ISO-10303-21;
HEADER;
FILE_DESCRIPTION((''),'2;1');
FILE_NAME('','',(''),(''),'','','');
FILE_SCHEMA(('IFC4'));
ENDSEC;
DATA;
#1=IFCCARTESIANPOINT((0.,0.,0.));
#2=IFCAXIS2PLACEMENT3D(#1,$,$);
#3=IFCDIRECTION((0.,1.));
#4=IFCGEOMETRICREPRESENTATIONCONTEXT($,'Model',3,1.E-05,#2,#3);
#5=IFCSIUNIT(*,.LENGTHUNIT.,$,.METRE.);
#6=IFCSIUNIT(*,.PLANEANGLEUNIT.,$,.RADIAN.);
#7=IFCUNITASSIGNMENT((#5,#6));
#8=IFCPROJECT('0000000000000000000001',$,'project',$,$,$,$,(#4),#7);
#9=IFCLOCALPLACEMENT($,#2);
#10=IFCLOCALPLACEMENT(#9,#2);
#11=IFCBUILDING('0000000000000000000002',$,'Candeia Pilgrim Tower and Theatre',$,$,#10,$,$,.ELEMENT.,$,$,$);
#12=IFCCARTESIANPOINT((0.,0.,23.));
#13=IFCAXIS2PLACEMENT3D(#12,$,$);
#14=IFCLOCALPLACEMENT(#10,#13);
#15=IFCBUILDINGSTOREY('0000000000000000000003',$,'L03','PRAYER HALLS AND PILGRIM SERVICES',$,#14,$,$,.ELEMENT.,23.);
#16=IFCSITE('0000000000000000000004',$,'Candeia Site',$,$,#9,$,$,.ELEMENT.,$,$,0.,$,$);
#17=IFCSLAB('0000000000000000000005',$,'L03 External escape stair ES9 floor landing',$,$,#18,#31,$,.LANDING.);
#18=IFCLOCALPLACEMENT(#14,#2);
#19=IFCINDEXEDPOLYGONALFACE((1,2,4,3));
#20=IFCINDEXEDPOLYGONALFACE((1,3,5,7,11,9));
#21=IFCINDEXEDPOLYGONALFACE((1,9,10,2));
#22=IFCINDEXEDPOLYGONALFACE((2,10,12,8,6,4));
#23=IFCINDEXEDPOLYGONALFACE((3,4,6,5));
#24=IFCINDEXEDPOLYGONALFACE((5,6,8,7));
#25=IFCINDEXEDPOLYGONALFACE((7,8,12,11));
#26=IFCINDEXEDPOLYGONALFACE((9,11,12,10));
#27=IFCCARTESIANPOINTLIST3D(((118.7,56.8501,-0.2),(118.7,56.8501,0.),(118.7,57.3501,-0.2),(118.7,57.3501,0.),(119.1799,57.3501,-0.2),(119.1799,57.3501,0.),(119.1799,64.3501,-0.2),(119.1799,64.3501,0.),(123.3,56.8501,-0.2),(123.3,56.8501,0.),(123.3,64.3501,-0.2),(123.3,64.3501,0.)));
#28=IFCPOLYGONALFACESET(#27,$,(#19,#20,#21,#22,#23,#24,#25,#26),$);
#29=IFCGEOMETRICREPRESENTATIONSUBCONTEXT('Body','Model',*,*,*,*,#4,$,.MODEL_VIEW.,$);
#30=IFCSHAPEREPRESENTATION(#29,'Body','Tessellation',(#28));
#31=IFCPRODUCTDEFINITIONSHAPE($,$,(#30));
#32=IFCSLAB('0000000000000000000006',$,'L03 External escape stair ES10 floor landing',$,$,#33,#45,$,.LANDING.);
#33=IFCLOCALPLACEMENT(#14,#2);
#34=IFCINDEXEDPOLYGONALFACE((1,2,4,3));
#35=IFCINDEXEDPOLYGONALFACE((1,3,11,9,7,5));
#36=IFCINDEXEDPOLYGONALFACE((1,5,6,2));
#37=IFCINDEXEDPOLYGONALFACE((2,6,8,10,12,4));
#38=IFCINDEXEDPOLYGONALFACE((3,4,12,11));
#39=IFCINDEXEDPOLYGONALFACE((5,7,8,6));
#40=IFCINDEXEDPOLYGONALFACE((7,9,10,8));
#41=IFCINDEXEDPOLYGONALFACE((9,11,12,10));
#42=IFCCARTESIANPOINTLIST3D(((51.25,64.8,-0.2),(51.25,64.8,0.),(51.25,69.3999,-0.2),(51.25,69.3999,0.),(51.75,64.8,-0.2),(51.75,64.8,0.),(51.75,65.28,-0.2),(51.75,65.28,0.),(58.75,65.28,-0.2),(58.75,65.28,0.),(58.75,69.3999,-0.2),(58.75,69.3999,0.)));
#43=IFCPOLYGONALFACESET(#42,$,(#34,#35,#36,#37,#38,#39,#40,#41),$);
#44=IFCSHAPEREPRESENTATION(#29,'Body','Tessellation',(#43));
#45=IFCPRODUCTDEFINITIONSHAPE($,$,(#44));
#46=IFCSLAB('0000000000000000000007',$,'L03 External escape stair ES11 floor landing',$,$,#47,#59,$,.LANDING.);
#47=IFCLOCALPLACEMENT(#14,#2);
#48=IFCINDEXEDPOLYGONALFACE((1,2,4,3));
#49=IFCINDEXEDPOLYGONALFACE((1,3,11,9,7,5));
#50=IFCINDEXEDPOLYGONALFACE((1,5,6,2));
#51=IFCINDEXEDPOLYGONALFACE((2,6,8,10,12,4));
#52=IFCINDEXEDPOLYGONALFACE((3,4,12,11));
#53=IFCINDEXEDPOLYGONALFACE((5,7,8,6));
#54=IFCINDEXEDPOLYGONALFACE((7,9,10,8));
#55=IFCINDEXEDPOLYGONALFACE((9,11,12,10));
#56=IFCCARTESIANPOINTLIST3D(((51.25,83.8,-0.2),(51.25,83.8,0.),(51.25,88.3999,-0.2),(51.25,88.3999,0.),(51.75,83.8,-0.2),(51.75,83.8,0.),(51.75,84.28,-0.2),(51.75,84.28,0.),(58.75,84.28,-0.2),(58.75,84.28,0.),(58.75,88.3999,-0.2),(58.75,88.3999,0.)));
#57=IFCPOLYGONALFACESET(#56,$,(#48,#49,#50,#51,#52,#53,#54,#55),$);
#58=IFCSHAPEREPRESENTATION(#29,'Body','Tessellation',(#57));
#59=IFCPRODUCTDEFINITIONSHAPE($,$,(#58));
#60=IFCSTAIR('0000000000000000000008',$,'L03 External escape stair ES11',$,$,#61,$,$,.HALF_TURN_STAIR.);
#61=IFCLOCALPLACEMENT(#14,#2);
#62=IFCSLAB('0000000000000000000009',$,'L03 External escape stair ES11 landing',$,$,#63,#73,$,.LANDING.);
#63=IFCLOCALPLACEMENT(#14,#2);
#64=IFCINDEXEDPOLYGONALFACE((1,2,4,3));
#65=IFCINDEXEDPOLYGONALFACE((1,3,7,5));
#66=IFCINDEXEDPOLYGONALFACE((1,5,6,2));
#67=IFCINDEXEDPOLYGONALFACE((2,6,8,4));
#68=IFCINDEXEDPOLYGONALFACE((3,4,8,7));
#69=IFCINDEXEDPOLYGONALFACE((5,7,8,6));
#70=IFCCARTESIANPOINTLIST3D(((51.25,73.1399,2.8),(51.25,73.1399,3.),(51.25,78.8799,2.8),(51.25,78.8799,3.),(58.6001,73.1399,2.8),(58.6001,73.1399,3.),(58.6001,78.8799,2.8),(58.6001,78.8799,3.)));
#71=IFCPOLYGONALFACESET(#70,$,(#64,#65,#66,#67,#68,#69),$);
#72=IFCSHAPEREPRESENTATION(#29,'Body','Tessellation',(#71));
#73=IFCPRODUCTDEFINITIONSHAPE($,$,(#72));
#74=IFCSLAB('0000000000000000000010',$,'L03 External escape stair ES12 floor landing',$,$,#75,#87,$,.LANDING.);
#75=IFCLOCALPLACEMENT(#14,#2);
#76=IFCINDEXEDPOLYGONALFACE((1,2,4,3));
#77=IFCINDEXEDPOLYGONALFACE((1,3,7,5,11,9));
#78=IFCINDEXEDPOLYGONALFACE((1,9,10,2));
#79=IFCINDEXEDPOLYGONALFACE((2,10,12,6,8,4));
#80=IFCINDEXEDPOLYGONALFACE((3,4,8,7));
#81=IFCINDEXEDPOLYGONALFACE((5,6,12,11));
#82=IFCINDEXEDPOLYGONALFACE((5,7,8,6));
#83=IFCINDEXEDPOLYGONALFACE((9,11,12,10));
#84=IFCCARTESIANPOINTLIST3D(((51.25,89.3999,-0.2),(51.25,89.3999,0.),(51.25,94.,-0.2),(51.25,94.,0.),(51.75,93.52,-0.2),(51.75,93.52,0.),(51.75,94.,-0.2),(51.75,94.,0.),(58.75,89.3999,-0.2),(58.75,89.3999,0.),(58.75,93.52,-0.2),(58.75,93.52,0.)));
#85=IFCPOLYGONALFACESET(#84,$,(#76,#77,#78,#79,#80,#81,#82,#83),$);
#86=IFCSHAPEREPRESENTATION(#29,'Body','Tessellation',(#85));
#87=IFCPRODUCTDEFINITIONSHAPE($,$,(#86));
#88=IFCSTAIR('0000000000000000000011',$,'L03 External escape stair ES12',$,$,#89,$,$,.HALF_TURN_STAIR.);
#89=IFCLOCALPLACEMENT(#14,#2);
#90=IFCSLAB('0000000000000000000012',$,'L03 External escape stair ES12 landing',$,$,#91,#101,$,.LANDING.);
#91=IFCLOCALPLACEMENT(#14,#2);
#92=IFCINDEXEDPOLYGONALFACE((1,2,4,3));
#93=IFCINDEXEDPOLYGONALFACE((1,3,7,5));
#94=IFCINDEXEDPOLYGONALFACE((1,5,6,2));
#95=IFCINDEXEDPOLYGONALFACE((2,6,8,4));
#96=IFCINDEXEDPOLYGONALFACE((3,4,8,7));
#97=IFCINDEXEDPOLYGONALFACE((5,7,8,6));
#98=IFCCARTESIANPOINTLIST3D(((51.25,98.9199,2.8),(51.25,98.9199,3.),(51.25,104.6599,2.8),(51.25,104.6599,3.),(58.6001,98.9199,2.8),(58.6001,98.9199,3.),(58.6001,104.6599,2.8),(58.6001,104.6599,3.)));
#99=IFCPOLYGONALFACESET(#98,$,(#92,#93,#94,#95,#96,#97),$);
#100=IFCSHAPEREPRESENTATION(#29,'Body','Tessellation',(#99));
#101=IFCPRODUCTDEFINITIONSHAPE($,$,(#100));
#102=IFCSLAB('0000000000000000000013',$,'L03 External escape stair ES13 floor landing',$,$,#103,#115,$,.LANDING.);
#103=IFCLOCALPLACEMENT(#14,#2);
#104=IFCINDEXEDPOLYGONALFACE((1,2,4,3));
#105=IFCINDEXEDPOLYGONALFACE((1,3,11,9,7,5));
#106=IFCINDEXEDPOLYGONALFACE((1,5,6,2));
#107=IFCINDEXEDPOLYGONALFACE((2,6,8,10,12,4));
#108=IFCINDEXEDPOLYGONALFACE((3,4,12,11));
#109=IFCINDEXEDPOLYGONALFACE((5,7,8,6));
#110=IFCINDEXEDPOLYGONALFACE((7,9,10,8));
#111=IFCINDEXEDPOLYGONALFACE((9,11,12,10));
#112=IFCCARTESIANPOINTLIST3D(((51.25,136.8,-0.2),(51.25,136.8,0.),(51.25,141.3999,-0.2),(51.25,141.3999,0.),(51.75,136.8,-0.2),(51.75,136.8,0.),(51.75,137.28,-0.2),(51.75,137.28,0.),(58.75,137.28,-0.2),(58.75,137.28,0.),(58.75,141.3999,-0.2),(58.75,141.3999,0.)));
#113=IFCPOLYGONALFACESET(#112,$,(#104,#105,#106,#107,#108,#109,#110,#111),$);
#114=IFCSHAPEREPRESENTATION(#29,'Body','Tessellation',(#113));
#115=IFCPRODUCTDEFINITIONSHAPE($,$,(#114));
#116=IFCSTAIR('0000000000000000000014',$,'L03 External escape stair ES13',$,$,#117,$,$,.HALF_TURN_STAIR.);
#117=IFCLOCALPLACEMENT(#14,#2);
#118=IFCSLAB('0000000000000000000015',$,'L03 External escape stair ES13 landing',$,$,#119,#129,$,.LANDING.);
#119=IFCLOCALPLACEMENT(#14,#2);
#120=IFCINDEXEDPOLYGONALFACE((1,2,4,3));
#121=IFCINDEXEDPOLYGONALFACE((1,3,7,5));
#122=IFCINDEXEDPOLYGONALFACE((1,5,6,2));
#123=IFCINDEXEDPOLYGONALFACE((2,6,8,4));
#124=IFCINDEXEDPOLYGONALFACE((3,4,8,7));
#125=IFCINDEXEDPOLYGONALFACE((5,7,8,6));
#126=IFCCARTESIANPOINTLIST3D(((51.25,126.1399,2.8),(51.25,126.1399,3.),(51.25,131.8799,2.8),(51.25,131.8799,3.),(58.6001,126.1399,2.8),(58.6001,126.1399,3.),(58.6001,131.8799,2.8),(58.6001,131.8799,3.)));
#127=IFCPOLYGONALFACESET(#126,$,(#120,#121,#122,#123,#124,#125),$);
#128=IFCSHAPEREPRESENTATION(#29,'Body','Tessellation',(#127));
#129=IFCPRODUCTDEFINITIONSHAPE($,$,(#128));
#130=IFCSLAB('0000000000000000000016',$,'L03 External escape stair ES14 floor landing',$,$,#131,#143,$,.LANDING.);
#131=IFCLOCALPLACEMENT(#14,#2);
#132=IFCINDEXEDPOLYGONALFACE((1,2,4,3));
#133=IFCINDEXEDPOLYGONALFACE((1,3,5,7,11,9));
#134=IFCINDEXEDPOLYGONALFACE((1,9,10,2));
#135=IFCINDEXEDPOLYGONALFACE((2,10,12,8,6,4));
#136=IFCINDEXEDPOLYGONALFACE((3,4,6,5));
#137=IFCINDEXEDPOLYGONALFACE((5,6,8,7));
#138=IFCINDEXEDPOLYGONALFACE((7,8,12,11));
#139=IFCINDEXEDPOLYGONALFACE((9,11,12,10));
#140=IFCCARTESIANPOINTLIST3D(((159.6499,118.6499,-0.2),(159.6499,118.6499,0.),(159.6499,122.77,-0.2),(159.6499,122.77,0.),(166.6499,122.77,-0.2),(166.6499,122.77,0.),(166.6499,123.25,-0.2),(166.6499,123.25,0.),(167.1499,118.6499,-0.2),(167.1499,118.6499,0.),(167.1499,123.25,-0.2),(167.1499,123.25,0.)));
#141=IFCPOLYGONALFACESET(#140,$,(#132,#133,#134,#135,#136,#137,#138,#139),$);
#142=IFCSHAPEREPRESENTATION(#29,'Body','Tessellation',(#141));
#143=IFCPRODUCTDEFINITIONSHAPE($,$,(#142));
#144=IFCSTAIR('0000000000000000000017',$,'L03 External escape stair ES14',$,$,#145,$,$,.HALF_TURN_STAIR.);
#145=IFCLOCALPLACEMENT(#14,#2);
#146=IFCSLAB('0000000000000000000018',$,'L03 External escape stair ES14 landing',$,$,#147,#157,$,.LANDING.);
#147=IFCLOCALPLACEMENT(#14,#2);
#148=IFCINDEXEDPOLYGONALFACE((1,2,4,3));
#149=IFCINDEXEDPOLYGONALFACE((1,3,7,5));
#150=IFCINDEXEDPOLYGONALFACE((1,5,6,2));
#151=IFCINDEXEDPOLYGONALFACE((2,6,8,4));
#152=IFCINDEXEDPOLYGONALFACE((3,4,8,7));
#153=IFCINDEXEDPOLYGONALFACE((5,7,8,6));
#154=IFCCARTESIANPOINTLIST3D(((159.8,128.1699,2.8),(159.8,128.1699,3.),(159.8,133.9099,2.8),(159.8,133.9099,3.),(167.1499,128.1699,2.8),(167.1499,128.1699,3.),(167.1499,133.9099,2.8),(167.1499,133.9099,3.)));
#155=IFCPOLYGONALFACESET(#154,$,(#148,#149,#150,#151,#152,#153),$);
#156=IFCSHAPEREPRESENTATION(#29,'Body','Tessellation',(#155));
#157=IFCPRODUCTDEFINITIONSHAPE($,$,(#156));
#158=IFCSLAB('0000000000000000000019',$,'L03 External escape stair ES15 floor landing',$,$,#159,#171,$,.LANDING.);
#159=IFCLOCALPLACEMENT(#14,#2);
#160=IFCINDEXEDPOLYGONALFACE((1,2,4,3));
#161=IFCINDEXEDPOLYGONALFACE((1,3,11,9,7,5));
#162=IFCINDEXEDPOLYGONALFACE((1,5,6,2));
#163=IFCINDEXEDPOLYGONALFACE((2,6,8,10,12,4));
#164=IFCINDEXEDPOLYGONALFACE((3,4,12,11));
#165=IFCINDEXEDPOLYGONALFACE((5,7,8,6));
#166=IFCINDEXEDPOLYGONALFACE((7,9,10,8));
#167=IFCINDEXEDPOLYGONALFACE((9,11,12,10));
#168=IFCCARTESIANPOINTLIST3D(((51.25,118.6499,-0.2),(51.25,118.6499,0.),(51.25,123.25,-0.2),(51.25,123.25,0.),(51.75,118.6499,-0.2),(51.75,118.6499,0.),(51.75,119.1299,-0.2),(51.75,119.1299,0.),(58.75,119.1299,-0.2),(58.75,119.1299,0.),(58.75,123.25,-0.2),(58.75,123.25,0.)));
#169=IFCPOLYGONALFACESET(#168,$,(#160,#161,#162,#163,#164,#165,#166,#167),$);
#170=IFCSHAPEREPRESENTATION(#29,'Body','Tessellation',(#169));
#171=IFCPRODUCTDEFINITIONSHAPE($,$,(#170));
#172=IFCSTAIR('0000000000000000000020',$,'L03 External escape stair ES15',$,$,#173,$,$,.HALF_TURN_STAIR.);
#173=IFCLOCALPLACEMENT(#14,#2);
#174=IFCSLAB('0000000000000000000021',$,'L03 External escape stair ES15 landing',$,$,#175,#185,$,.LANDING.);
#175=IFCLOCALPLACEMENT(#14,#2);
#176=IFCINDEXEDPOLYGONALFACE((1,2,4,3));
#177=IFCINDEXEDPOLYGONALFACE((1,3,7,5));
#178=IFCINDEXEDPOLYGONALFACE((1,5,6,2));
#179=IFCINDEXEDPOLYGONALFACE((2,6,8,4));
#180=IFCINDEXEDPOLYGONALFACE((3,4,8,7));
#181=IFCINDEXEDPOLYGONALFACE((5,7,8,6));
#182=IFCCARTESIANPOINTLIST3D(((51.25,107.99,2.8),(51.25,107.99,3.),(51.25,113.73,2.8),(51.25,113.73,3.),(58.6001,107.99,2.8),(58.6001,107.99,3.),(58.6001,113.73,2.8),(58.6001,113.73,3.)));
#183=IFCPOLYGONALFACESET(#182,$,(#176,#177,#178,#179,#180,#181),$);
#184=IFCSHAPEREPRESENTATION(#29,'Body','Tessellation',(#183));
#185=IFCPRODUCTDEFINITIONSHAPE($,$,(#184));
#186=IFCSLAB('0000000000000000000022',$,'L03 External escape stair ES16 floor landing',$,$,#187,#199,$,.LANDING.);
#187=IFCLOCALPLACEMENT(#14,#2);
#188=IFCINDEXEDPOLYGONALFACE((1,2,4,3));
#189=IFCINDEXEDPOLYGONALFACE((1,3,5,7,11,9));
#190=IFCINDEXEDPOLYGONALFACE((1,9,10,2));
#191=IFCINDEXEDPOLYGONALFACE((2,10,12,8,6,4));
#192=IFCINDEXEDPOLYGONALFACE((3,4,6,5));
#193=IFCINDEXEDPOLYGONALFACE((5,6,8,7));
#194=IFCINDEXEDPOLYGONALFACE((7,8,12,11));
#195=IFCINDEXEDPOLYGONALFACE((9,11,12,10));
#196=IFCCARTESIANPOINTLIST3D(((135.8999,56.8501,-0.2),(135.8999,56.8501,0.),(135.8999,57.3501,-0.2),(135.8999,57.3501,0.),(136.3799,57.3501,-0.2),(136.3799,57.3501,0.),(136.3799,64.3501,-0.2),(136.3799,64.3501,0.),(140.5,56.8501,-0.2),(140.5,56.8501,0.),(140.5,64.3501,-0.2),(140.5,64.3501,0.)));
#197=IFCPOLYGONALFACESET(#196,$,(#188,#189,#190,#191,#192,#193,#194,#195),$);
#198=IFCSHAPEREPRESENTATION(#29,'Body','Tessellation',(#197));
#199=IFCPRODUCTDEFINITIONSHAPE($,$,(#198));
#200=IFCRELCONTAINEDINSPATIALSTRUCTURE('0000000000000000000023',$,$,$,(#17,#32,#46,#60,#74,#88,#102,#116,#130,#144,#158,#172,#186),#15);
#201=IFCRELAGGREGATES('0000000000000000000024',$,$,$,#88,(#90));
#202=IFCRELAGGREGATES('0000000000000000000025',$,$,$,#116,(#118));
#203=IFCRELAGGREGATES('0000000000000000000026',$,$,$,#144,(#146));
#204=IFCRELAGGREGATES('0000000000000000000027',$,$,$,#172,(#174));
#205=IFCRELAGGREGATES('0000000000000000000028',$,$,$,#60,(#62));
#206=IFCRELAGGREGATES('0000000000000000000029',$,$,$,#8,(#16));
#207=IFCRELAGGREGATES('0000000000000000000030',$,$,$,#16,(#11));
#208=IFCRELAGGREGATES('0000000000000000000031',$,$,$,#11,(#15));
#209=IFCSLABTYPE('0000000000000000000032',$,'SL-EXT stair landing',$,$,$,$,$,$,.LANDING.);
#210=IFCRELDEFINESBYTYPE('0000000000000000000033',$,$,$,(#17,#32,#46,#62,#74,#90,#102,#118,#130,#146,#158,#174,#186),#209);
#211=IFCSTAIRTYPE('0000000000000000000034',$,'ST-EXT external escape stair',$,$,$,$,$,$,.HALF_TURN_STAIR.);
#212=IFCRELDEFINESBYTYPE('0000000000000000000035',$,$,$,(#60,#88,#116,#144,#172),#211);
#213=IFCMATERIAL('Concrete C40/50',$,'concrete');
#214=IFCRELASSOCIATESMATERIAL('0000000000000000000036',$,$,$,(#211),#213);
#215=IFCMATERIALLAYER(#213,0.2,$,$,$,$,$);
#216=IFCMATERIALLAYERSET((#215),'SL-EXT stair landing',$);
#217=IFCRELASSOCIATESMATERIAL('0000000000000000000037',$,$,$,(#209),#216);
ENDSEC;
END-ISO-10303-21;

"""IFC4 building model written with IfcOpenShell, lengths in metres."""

from ifc_helpers import new_model, si_unit, direction, frame, origin, place, context, subcontext, project, spatial, polyline, outline, extrude, material, layer, layer_set, type_object, element, aggregate, save


model = new_model("IFC4")

# Units and contexts
model_context = context("Model", 3, precision=1e-05, world=origin(), true_north=direction((0.0, 1.0)))
body_context = subcontext(model_context, "Body", "Model", "MODEL_VIEW")
ifc_project = project(units=[si_unit("LENGTHUNIT", "METRE"), si_unit("PLANEANGLEUNIT", "RADIAN")], contexts=[model_context])

# Site, building, storey
site_placement = place(None, origin())
site = spatial("IfcSite", under=ifc_project, at=site_placement, Name="Candeia Site", CompositionType="ELEMENT", RefElevation=0.0)
building_placement = place(site_placement, origin())
building = spatial("IfcBuilding", under=site, at=building_placement, Name="Candeia Pilgrim Tower and Theatre", CompositionType="ELEMENT")
storey_placement = place(building_placement, frame((0.0, 0.0, 23.0)))
storey = spatial("IfcBuildingStorey", under=building, at=storey_placement, Name="L03", Description="PRAYER HALLS AND PILGRIM SERVICES", CompositionType="ELEMENT", Elevation=23.0)

# Shared definitions
ifc_material_1 = material(Name="Concrete C40/50", Category="concrete")

# Shared definitions
stair_type = type_object("IfcStairType", Name="ST-EXT external escape stair", PredefinedType="HALF_TURN_STAIR", material=ifc_material_1)
ifc_layer = layer(ifc_material_1, 0.2)
ifc_layer_set = layer_set([ifc_layer], Name="SL-EXT stair landing")
slab_type = type_object("IfcSlabType", Name="SL-EXT stair landing", PredefinedType="LANDING", material=ifc_layer_set)

# Slabs
slab_1_placement = place(storey_placement, frame((0.0, 0.0, -0.2)))
element("IfcSlab", 1, at=slab_1_placement, inside=storey, type_object=slab_type, Name="L03 External escape stair ES9 floor landing", PredefinedType="LANDING", context=body_context, shape_type="SweptSolid", body=[
    extrude(outline(polyline([(123.3, 64.3501), (119.1799, 64.3501), (119.1799, 57.3501), (118.7, 57.3501), (118.7, 56.8501), (123.3, 56.8501), (123.3, 64.3501)])), origin(), (0.0, 0.0, 1.0), 0.2),
])
slab_2_placement = place(storey_placement, frame((0.0, 0.0, -0.2)))
element("IfcSlab", 2, at=slab_2_placement, inside=storey, type_object=slab_type, Name="L03 External escape stair ES10 floor landing", PredefinedType="LANDING", context=body_context, shape_type="SweptSolid", body=[
    extrude(outline(polyline([(58.75, 69.3999), (58.75, 65.28), (51.75, 65.28), (51.75, 64.8), (51.25, 64.8), (51.25, 69.3999), (58.75, 69.3999)])), origin(), (0.0, 0.0, 1.0), 0.2),
])
slab_3_placement = place(storey_placement, frame((0.0, 0.0, -0.2)))
element("IfcSlab", 3, at=slab_3_placement, inside=storey, type_object=slab_type, Name="L03 External escape stair ES11 floor landing", PredefinedType="LANDING", context=body_context, shape_type="SweptSolid", body=[
    extrude(outline(polyline([(58.75, 88.3999), (58.75, 84.28), (51.75, 84.28), (51.75, 83.8), (51.25, 83.8), (51.25, 88.3999), (58.75, 88.3999)])), origin(), (0.0, 0.0, 1.0), 0.2),
])

# Stair, slab
stair_1_placement = place(storey_placement, origin())
stair_1 = element("IfcStair", 4, at=stair_1_placement, inside=storey, type_object=stair_type, Name="L03 External escape stair ES11", PredefinedType="HALF_TURN_STAIR")
slab_4_placement = place(storey_placement, frame((0.0, 0.0, 2.8)))
slab_4 = element("IfcSlab", 5, at=slab_4_placement, type_object=slab_type, Name="L03 External escape stair ES11 landing", PredefinedType="LANDING", context=body_context, shape_type="SweptSolid", body=[
    extrude(outline(polyline([(58.6001, 78.8799), (58.6001, 73.1399), (51.25, 73.1399), (51.25, 78.8799), (58.6001, 78.8799)])), origin(), (0.0, 0.0, 1.0), 0.2),
])

# Slab
slab_5_placement = place(storey_placement, frame((0.0, 0.0, -0.2)))
element("IfcSlab", 6, at=slab_5_placement, inside=storey, type_object=slab_type, Name="L03 External escape stair ES12 floor landing", PredefinedType="LANDING", context=body_context, shape_type="SweptSolid", body=[
    extrude(outline(polyline([(58.75, 89.3999), (58.75, 93.52), (51.75, 93.52), (51.75, 94.0), (51.25, 94.0), (51.25, 89.3999), (58.75, 89.3999)])), origin(), (0.0, 0.0, 1.0), 0.2),
])

# Stair, slab
stair_2_placement = place(storey_placement, origin())
stair_2 = element("IfcStair", 7, at=stair_2_placement, inside=storey, type_object=stair_type, Name="L03 External escape stair ES12", PredefinedType="HALF_TURN_STAIR")
slab_6_placement = place(storey_placement, frame((0.0, 0.0, 2.8)))
slab_6 = element("IfcSlab", 8, at=slab_6_placement, type_object=slab_type, Name="L03 External escape stair ES12 landing", PredefinedType="LANDING", context=body_context, shape_type="SweptSolid", body=[
    extrude(outline(polyline([(58.6001, 98.9199), (58.6001, 104.6599), (51.25, 104.6599), (51.25, 98.9199), (58.6001, 98.9199)])), origin(), (0.0, 0.0, 1.0), 0.2),
])
aggregate(stair_2, [slab_6])

# Slab
slab_7_placement = place(storey_placement, frame((0.0, 0.0, -0.2)))
element("IfcSlab", 9, at=slab_7_placement, inside=storey, type_object=slab_type, Name="L03 External escape stair ES13 floor landing", PredefinedType="LANDING", context=body_context, shape_type="SweptSolid", body=[
    extrude(outline(polyline([(58.75, 141.3999), (58.75, 137.28), (51.75, 137.28), (51.75, 136.8), (51.25, 136.8), (51.25, 141.3999), (58.75, 141.3999)])), origin(), (0.0, 0.0, 1.0), 0.2),
])

# Stair, slab
stair_3_placement = place(storey_placement, origin())
stair_3 = element("IfcStair", 10, at=stair_3_placement, inside=storey, type_object=stair_type, Name="L03 External escape stair ES13", PredefinedType="HALF_TURN_STAIR")
slab_8_placement = place(storey_placement, frame((0.0, 0.0, 2.8)))
slab_8 = element("IfcSlab", 11, at=slab_8_placement, type_object=slab_type, Name="L03 External escape stair ES13 landing", PredefinedType="LANDING", context=body_context, shape_type="SweptSolid", body=[
    extrude(outline(polyline([(58.6001, 131.8799), (58.6001, 126.1399), (51.25, 126.1399), (51.25, 131.8799), (58.6001, 131.8799)])), origin(), (0.0, 0.0, 1.0), 0.2),
])
aggregate(stair_3, [slab_8])

# Slab
slab_9_placement = place(storey_placement, frame((0.0, 0.0, -0.2)))
element("IfcSlab", 12, at=slab_9_placement, inside=storey, type_object=slab_type, Name="L03 External escape stair ES14 floor landing", PredefinedType="LANDING", context=body_context, shape_type="SweptSolid", body=[
    extrude(outline(polyline([(159.6499, 118.6499), (159.6499, 122.77), (166.6499, 122.77), (166.6499, 123.25), (167.1499, 123.25), (167.1499, 118.6499), (159.6499, 118.6499)])), origin(), (0.0, 0.0, 1.0), 0.2),
])

# Stair, slab
stair_4_placement = place(storey_placement, origin())
stair_4 = element("IfcStair", 13, at=stair_4_placement, inside=storey, type_object=stair_type, Name="L03 External escape stair ES14", PredefinedType="HALF_TURN_STAIR")
slab_10_placement = place(storey_placement, frame((0.0, 0.0, 2.8)))
slab_10 = element("IfcSlab", 14, at=slab_10_placement, type_object=slab_type, Name="L03 External escape stair ES14 landing", PredefinedType="LANDING", context=body_context, shape_type="SweptSolid", body=[
    extrude(outline(polyline([(159.8, 128.1699), (159.8, 133.9099), (167.1499, 133.9099), (167.1499, 128.1699), (159.8, 128.1699)])), origin(), (0.0, 0.0, 1.0), 0.2),
])
aggregate(stair_4, [slab_10])

# Slab
slab_11_placement = place(storey_placement, frame((0.0, 0.0, -0.2)))
element("IfcSlab", 15, at=slab_11_placement, inside=storey, type_object=slab_type, Name="L03 External escape stair ES15 floor landing", PredefinedType="LANDING", context=body_context, shape_type="SweptSolid", body=[
    extrude(outline(polyline([(58.75, 123.25), (58.75, 119.1299), (51.75, 119.1299), (51.75, 118.6499), (51.25, 118.6499), (51.25, 123.25), (58.75, 123.25)])), origin(), (0.0, 0.0, 1.0), 0.2),
])

# Stair, slab
stair_5_placement = place(storey_placement, origin())
stair_5 = element("IfcStair", 16, at=stair_5_placement, inside=storey, type_object=stair_type, Name="L03 External escape stair ES15", PredefinedType="HALF_TURN_STAIR")
slab_12_placement = place(storey_placement, frame((0.0, 0.0, 2.8)))
slab_12 = element("IfcSlab", 17, at=slab_12_placement, type_object=slab_type, Name="L03 External escape stair ES15 landing", PredefinedType="LANDING", context=body_context, shape_type="SweptSolid", body=[
    extrude(outline(polyline([(58.6001, 113.73), (58.6001, 107.99), (51.25, 107.99), (51.25, 113.73), (58.6001, 113.73)])), origin(), (0.0, 0.0, 1.0), 0.2),
])
aggregate(stair_5, [slab_12])

# Slab
slab_13_placement = place(storey_placement, frame((0.0, 0.0, -0.2)))
element("IfcSlab", 18, at=slab_13_placement, inside=storey, type_object=slab_type, Name="L03 External escape stair ES16 floor landing", PredefinedType="LANDING", context=body_context, shape_type="SweptSolid", body=[
    extrude(outline(polyline([(140.5, 64.3501), (136.3799, 64.3501), (136.3799, 57.3501), (135.8999, 57.3501), (135.8999, 56.8501), (140.5, 56.8501), (140.5, 64.3501)])), origin(), (0.0, 0.0, 1.0), 0.2),
])

aggregate(stair_1, [slab_4])

save(model, "model.ifc")
